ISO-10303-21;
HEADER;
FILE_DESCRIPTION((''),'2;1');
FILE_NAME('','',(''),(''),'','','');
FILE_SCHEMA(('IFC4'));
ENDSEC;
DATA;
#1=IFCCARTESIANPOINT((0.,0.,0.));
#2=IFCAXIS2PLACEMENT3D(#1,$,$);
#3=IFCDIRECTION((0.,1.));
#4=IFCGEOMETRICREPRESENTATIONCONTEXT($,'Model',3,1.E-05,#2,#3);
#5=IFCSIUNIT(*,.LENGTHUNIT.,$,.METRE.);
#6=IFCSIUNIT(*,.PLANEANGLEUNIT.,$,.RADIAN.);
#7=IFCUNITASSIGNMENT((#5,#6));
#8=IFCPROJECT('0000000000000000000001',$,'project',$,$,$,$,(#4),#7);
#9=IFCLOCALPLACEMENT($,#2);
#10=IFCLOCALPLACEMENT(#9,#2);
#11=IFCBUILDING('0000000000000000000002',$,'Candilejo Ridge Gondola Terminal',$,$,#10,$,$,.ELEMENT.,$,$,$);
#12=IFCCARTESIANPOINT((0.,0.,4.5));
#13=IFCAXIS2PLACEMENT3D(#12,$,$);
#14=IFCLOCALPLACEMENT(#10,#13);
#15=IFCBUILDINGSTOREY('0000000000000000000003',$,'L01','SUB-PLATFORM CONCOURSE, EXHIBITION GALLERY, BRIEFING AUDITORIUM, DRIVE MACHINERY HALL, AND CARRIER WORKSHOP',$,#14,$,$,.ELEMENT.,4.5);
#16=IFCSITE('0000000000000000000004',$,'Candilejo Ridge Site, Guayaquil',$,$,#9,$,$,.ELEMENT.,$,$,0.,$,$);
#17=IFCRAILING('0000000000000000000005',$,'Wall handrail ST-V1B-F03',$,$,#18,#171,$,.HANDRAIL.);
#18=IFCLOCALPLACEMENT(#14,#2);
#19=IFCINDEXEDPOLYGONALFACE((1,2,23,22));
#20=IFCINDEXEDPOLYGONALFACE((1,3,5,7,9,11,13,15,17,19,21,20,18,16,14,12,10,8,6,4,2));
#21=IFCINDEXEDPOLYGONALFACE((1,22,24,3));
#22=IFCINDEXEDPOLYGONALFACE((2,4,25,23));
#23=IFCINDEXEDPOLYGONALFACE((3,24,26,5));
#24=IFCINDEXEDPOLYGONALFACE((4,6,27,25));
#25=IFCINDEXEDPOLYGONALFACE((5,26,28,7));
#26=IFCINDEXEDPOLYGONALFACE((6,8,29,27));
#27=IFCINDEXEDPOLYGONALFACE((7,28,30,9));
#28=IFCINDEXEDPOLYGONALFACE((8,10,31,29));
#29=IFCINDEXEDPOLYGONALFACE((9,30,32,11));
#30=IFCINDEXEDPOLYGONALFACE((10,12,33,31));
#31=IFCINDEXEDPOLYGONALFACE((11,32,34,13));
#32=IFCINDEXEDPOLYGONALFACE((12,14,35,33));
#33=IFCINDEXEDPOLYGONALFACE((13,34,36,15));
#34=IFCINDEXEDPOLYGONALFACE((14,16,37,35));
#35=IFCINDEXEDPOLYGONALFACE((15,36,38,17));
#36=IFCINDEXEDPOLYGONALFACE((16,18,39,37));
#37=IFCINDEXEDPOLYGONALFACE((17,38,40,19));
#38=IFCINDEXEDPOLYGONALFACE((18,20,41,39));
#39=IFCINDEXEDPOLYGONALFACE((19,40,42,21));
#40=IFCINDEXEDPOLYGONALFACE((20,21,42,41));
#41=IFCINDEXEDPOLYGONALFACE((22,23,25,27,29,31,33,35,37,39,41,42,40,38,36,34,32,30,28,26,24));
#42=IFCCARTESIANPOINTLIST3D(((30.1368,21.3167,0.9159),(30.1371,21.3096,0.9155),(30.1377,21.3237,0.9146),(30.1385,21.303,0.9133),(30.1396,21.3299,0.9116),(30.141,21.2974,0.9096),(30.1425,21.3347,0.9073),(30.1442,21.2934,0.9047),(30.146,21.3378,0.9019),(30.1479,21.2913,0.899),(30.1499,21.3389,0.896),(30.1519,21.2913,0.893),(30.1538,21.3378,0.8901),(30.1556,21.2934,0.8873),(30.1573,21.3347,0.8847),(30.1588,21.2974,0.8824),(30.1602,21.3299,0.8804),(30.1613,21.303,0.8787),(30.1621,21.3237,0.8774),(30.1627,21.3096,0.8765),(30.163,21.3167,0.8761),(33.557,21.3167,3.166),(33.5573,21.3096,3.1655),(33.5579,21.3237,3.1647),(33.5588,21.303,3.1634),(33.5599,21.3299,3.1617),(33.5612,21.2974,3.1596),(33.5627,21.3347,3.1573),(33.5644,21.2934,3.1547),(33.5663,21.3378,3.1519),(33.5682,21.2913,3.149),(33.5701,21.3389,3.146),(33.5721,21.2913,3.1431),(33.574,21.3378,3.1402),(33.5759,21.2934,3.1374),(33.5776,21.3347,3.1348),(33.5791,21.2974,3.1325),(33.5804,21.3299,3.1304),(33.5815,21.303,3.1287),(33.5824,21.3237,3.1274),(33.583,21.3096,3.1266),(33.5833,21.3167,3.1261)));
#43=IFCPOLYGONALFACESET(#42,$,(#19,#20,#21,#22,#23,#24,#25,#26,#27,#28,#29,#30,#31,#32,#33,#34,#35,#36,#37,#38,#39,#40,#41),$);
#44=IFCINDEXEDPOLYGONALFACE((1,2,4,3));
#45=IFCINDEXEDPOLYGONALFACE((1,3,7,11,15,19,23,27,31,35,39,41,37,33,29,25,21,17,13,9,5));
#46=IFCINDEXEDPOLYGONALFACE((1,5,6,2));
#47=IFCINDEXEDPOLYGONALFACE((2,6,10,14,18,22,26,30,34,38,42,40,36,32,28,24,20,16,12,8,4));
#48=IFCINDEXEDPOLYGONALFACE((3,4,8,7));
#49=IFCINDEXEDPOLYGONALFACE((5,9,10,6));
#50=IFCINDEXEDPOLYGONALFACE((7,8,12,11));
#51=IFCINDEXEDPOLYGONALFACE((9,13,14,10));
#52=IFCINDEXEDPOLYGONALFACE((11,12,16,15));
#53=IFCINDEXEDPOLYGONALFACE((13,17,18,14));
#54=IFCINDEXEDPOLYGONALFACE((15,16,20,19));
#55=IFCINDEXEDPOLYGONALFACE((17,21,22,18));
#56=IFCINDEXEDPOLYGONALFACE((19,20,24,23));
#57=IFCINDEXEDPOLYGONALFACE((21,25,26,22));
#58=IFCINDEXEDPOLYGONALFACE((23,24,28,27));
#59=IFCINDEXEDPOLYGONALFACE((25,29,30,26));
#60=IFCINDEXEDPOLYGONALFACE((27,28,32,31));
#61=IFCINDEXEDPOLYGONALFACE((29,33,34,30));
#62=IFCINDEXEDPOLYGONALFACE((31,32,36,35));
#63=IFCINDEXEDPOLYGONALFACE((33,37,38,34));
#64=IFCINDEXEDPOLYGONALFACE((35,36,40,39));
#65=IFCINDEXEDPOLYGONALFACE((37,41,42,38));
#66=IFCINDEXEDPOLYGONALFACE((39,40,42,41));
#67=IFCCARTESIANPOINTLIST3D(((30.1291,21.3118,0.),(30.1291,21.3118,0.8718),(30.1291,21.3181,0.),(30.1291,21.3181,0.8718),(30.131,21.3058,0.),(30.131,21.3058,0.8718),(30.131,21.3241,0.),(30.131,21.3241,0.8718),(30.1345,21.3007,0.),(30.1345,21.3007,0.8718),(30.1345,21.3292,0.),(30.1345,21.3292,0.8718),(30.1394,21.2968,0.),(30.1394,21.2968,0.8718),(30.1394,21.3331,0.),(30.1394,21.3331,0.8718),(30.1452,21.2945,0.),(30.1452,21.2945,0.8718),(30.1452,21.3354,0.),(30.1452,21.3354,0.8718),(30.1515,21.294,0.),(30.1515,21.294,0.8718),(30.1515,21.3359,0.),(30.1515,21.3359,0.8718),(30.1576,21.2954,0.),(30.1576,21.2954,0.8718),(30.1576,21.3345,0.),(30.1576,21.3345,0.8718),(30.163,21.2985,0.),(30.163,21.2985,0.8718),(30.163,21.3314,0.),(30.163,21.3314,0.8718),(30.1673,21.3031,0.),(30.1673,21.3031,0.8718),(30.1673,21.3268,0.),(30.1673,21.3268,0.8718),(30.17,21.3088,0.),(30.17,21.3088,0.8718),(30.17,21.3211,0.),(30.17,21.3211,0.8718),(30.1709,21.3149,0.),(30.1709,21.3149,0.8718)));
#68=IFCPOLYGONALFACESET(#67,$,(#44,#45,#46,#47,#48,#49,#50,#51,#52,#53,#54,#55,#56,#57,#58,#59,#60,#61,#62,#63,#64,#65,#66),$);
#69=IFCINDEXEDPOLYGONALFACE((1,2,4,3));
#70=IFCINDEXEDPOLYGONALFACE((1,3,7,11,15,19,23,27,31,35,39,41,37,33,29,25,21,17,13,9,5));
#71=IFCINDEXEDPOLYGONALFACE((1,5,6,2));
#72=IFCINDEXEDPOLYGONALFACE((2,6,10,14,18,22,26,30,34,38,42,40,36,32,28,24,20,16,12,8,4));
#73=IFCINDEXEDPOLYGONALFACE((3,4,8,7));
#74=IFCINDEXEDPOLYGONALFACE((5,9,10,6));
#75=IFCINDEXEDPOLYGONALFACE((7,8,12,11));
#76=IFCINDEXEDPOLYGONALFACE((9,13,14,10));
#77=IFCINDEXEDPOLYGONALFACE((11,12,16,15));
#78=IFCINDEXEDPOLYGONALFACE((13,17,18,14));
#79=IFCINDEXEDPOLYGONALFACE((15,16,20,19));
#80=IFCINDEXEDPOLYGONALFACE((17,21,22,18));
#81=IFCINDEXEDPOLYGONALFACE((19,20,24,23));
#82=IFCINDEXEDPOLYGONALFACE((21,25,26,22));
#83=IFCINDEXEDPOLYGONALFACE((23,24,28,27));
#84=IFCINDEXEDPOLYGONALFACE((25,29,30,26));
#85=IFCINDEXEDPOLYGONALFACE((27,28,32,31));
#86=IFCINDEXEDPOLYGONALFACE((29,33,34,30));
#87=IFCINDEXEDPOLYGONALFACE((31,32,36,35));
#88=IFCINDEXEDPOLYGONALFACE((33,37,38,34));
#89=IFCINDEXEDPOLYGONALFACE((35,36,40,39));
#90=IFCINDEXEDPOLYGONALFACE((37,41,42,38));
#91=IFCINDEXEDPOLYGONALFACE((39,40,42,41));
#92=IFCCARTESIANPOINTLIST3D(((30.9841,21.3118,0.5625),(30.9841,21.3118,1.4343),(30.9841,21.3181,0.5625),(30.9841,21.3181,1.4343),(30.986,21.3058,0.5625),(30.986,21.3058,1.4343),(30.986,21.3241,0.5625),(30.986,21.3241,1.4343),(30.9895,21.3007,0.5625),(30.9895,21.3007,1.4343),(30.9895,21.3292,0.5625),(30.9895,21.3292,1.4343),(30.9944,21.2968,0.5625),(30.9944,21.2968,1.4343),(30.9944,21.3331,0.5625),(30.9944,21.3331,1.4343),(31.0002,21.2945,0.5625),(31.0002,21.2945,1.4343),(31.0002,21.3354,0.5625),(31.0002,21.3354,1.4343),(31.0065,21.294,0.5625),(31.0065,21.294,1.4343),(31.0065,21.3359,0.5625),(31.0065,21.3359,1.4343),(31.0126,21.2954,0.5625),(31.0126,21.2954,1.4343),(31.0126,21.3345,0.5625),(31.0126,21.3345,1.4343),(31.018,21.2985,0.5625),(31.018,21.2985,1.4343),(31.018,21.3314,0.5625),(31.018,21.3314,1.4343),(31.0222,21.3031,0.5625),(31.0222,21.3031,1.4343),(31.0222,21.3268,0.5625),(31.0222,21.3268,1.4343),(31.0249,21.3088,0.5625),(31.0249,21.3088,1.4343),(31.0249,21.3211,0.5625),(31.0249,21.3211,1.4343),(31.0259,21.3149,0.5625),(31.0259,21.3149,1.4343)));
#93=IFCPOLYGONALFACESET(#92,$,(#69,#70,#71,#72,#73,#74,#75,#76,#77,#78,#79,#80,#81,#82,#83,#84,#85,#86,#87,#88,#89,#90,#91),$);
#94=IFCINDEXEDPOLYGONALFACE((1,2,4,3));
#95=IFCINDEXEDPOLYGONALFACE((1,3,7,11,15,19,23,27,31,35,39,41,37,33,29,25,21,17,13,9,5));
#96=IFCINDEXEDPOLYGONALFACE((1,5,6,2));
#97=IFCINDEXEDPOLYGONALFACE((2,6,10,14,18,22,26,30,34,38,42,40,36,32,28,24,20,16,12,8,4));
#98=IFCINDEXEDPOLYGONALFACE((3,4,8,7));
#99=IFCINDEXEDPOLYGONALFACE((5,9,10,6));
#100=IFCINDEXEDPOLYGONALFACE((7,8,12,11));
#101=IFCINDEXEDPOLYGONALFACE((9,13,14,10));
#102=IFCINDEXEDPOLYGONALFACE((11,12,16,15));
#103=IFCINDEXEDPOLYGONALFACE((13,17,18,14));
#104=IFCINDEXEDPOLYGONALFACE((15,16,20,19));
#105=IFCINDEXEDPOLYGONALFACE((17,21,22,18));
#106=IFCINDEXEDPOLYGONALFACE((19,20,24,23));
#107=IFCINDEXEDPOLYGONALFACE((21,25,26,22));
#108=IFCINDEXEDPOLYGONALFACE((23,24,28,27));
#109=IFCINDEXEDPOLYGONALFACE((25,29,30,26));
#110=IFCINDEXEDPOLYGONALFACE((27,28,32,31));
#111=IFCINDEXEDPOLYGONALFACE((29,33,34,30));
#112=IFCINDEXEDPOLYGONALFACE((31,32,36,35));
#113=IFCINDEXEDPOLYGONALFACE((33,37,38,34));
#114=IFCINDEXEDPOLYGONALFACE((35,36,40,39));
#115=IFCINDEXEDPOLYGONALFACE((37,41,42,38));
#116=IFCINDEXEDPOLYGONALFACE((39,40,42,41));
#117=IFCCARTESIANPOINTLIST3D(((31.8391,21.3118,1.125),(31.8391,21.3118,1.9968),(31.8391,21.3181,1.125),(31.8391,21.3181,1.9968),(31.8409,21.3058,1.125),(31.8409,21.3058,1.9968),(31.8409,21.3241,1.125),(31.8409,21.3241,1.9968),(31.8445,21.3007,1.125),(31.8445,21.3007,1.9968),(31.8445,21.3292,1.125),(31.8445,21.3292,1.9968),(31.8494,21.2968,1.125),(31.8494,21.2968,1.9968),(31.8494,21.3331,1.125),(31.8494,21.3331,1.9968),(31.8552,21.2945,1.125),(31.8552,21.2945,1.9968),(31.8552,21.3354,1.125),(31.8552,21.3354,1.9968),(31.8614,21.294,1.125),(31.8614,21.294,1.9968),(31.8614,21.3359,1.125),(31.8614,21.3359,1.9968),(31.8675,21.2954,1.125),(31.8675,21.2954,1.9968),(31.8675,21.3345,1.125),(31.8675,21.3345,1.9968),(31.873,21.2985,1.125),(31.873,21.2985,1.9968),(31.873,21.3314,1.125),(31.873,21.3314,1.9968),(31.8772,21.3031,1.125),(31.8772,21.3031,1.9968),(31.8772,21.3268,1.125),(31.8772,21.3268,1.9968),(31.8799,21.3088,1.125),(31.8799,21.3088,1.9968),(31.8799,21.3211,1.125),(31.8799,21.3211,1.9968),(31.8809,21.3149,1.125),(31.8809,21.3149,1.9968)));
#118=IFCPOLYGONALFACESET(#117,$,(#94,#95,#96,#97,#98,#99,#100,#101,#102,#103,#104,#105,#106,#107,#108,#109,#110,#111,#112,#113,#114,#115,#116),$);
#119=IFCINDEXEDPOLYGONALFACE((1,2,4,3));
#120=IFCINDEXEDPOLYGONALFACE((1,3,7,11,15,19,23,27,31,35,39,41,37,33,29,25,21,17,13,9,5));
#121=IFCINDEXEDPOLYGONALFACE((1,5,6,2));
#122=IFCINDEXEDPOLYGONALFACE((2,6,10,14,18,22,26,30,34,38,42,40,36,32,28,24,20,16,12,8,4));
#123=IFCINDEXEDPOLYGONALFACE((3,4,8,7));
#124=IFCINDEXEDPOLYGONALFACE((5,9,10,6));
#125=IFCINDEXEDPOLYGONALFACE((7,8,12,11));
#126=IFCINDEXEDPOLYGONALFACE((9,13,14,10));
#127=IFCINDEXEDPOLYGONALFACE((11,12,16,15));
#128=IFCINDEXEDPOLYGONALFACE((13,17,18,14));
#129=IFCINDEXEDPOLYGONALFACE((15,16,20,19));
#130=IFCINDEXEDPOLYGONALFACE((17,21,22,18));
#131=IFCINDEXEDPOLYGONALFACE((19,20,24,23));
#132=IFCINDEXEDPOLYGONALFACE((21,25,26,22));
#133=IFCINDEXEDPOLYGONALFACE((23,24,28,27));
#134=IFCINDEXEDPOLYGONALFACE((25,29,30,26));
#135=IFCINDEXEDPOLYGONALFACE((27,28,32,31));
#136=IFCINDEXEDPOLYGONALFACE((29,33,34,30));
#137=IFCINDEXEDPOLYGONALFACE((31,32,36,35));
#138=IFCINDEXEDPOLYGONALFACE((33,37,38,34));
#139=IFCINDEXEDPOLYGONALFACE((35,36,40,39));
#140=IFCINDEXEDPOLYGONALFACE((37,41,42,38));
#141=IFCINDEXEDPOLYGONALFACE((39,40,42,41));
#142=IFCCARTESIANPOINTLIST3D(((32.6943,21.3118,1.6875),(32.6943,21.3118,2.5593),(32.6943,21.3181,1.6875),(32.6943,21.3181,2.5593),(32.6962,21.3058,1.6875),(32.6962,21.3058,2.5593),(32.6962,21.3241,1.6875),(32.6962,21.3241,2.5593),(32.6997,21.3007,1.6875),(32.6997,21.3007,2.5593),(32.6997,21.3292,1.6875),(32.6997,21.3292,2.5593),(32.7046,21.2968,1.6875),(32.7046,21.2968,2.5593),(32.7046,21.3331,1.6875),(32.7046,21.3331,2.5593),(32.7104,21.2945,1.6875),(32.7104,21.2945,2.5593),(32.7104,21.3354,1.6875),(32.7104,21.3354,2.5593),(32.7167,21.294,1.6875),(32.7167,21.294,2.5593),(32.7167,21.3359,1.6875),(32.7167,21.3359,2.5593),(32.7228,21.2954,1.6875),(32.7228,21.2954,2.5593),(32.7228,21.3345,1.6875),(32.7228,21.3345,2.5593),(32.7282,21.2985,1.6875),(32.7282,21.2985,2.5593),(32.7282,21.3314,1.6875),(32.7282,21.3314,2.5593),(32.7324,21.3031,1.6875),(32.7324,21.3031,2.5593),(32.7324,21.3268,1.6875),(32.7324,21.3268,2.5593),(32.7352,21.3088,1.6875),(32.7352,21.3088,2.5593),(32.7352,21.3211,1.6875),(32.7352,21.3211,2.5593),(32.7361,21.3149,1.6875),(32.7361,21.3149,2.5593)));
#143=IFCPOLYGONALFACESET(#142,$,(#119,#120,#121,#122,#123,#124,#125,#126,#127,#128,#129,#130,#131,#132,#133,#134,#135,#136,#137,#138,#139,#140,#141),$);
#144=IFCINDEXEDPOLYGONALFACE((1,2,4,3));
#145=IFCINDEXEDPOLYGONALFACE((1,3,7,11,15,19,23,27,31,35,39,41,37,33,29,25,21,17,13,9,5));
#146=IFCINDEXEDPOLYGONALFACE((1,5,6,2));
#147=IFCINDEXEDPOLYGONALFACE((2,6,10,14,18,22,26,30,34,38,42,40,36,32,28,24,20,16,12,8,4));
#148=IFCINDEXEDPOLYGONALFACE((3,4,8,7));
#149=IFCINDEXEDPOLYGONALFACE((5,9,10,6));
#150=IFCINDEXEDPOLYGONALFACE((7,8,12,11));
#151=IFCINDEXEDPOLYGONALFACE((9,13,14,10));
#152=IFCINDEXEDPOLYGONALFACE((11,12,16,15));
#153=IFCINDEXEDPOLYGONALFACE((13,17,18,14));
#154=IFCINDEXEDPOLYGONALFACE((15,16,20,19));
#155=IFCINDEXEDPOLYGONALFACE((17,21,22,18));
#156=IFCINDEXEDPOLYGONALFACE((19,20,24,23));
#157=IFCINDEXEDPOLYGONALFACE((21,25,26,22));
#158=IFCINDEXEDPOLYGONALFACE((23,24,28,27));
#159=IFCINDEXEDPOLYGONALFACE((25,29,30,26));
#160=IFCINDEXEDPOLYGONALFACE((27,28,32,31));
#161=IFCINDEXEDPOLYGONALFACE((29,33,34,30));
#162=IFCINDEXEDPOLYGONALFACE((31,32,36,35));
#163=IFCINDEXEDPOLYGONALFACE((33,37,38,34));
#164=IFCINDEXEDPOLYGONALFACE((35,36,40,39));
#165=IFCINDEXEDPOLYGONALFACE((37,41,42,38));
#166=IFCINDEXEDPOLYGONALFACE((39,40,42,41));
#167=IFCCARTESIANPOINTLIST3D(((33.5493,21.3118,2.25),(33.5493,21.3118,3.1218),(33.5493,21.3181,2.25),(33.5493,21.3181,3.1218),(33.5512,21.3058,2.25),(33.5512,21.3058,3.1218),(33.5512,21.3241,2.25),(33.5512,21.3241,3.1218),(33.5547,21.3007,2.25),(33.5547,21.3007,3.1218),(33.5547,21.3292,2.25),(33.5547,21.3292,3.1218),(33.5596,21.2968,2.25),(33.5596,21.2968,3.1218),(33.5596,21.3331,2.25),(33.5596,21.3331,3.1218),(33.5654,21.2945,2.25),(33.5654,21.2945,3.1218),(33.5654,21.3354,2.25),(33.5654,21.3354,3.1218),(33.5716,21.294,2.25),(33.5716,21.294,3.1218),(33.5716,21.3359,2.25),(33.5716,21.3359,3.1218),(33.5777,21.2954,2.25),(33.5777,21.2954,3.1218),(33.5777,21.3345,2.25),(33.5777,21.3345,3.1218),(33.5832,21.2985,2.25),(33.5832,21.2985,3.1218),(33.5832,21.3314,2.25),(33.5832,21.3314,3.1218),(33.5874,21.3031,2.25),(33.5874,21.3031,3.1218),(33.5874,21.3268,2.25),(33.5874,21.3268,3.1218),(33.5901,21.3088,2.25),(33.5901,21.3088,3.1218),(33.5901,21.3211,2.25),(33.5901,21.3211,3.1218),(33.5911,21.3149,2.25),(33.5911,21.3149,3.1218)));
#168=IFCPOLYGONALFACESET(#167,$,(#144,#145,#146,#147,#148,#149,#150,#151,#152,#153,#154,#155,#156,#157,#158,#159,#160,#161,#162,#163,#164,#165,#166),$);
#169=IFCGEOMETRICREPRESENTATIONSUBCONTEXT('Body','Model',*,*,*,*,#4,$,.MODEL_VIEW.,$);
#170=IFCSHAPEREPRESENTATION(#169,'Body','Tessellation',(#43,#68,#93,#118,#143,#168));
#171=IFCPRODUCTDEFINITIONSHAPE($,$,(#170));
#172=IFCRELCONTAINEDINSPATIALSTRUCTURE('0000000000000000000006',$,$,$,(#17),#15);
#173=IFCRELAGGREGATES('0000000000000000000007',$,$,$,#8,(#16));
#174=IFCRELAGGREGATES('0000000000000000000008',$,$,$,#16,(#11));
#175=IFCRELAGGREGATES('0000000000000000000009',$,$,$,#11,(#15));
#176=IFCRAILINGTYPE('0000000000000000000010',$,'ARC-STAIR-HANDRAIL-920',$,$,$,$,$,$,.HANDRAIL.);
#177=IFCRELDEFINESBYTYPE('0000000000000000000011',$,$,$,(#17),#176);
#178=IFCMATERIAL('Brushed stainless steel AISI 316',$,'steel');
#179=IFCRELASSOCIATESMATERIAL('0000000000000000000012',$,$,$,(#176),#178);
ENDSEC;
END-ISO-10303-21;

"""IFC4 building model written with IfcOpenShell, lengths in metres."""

from ifc_helpers import new_model, si_unit, direction, frame, origin, origin_2d, place, context, subcontext, project, spatial, circle, extrude, material, type_object, element, save


model = new_model("IFC4")

# Units and contexts
model_context = context("Model", 3, precision=1e-05, world=origin(), true_north=direction((0.0, 1.0)))
body_context = subcontext(model_context, "Body", "Model", "MODEL_VIEW")
ifc_project = project(units=[si_unit("LENGTHUNIT", "METRE"), si_unit("PLANEANGLEUNIT", "RADIAN")], contexts=[model_context])

# Site, building, storey
site_placement = place(None, origin())
site = spatial("IfcSite", under=ifc_project, at=site_placement, Name="Candilejo Ridge Site, Guayaquil", CompositionType="ELEMENT", RefElevation=0.0)
building_placement = place(site_placement, origin())
building = spatial("IfcBuilding", under=site, at=building_placement, Name="Candilejo Ridge Gondola Terminal", CompositionType="ELEMENT")
storey_placement = place(building_placement, frame((0.0, 0.0, 4.5)))
storey = spatial("IfcBuildingStorey", under=building, at=storey_placement, Name="L01", Description="SUB-PLATFORM CONCOURSE, EXHIBITION GALLERY, BRIEFING AUDITORIUM, DRIVE MACHINERY HALL, AND CARRIER WORKSHOP", CompositionType="ELEMENT", Elevation=4.5)

# Railing
ifc_material_1 = material(Name="Brushed stainless steel AISI 316", Category="steel")
railing_type_1 = type_object("IfcRailingType", Name="ARC-STAIR-HANDRAIL-920", PredefinedType="HANDRAIL", material=ifc_material_1)
railing_1_placement = place(storey_placement, frame((30.1499, 21.3149, 0.0)))
element("IfcRailing", 1, at=railing_1_placement, inside=storey, type_object=railing_type_1, Name="Wall handrail ST-V1B-F03", PredefinedType="HANDRAIL", context=body_context, shape_type="SweptSolid", body=[
    extrude(circle(Radius=0.0239, at=origin_2d()), frame((0.0, 0.0, 0.896), z_axis=(0.835429, 0.0, 0.549598), x_axis=(0.0, 1.0, 0.0)), (0.0, 0.0, 1.0), 4.094),
    extrude(circle(Radius=0.021, at=origin_2d()), origin(), (0.0, 0.0, 1.0), 0.8718),
    extrude(circle(Radius=0.021, at=origin_2d()), frame((0.855, 0.0, 0.5625)), (0.0, 0.0, 1.0), 0.8718),
    extrude(circle(Radius=0.021, at=origin_2d()), frame((1.71, 0.0, 1.125)), (0.0, 0.0, 1.0), 0.8718),
    extrude(circle(Radius=0.021, at=origin_2d()), frame((2.5652, 0.0, 1.6875)), (0.0, 0.0, 1.0), 0.8718),
    extrude(circle(Radius=0.021, at=origin_2d()), frame((3.4202, 0.0, 2.25)), (0.0, 0.0, 1.0), 0.8718),
])

save(model, "model.ifc")
